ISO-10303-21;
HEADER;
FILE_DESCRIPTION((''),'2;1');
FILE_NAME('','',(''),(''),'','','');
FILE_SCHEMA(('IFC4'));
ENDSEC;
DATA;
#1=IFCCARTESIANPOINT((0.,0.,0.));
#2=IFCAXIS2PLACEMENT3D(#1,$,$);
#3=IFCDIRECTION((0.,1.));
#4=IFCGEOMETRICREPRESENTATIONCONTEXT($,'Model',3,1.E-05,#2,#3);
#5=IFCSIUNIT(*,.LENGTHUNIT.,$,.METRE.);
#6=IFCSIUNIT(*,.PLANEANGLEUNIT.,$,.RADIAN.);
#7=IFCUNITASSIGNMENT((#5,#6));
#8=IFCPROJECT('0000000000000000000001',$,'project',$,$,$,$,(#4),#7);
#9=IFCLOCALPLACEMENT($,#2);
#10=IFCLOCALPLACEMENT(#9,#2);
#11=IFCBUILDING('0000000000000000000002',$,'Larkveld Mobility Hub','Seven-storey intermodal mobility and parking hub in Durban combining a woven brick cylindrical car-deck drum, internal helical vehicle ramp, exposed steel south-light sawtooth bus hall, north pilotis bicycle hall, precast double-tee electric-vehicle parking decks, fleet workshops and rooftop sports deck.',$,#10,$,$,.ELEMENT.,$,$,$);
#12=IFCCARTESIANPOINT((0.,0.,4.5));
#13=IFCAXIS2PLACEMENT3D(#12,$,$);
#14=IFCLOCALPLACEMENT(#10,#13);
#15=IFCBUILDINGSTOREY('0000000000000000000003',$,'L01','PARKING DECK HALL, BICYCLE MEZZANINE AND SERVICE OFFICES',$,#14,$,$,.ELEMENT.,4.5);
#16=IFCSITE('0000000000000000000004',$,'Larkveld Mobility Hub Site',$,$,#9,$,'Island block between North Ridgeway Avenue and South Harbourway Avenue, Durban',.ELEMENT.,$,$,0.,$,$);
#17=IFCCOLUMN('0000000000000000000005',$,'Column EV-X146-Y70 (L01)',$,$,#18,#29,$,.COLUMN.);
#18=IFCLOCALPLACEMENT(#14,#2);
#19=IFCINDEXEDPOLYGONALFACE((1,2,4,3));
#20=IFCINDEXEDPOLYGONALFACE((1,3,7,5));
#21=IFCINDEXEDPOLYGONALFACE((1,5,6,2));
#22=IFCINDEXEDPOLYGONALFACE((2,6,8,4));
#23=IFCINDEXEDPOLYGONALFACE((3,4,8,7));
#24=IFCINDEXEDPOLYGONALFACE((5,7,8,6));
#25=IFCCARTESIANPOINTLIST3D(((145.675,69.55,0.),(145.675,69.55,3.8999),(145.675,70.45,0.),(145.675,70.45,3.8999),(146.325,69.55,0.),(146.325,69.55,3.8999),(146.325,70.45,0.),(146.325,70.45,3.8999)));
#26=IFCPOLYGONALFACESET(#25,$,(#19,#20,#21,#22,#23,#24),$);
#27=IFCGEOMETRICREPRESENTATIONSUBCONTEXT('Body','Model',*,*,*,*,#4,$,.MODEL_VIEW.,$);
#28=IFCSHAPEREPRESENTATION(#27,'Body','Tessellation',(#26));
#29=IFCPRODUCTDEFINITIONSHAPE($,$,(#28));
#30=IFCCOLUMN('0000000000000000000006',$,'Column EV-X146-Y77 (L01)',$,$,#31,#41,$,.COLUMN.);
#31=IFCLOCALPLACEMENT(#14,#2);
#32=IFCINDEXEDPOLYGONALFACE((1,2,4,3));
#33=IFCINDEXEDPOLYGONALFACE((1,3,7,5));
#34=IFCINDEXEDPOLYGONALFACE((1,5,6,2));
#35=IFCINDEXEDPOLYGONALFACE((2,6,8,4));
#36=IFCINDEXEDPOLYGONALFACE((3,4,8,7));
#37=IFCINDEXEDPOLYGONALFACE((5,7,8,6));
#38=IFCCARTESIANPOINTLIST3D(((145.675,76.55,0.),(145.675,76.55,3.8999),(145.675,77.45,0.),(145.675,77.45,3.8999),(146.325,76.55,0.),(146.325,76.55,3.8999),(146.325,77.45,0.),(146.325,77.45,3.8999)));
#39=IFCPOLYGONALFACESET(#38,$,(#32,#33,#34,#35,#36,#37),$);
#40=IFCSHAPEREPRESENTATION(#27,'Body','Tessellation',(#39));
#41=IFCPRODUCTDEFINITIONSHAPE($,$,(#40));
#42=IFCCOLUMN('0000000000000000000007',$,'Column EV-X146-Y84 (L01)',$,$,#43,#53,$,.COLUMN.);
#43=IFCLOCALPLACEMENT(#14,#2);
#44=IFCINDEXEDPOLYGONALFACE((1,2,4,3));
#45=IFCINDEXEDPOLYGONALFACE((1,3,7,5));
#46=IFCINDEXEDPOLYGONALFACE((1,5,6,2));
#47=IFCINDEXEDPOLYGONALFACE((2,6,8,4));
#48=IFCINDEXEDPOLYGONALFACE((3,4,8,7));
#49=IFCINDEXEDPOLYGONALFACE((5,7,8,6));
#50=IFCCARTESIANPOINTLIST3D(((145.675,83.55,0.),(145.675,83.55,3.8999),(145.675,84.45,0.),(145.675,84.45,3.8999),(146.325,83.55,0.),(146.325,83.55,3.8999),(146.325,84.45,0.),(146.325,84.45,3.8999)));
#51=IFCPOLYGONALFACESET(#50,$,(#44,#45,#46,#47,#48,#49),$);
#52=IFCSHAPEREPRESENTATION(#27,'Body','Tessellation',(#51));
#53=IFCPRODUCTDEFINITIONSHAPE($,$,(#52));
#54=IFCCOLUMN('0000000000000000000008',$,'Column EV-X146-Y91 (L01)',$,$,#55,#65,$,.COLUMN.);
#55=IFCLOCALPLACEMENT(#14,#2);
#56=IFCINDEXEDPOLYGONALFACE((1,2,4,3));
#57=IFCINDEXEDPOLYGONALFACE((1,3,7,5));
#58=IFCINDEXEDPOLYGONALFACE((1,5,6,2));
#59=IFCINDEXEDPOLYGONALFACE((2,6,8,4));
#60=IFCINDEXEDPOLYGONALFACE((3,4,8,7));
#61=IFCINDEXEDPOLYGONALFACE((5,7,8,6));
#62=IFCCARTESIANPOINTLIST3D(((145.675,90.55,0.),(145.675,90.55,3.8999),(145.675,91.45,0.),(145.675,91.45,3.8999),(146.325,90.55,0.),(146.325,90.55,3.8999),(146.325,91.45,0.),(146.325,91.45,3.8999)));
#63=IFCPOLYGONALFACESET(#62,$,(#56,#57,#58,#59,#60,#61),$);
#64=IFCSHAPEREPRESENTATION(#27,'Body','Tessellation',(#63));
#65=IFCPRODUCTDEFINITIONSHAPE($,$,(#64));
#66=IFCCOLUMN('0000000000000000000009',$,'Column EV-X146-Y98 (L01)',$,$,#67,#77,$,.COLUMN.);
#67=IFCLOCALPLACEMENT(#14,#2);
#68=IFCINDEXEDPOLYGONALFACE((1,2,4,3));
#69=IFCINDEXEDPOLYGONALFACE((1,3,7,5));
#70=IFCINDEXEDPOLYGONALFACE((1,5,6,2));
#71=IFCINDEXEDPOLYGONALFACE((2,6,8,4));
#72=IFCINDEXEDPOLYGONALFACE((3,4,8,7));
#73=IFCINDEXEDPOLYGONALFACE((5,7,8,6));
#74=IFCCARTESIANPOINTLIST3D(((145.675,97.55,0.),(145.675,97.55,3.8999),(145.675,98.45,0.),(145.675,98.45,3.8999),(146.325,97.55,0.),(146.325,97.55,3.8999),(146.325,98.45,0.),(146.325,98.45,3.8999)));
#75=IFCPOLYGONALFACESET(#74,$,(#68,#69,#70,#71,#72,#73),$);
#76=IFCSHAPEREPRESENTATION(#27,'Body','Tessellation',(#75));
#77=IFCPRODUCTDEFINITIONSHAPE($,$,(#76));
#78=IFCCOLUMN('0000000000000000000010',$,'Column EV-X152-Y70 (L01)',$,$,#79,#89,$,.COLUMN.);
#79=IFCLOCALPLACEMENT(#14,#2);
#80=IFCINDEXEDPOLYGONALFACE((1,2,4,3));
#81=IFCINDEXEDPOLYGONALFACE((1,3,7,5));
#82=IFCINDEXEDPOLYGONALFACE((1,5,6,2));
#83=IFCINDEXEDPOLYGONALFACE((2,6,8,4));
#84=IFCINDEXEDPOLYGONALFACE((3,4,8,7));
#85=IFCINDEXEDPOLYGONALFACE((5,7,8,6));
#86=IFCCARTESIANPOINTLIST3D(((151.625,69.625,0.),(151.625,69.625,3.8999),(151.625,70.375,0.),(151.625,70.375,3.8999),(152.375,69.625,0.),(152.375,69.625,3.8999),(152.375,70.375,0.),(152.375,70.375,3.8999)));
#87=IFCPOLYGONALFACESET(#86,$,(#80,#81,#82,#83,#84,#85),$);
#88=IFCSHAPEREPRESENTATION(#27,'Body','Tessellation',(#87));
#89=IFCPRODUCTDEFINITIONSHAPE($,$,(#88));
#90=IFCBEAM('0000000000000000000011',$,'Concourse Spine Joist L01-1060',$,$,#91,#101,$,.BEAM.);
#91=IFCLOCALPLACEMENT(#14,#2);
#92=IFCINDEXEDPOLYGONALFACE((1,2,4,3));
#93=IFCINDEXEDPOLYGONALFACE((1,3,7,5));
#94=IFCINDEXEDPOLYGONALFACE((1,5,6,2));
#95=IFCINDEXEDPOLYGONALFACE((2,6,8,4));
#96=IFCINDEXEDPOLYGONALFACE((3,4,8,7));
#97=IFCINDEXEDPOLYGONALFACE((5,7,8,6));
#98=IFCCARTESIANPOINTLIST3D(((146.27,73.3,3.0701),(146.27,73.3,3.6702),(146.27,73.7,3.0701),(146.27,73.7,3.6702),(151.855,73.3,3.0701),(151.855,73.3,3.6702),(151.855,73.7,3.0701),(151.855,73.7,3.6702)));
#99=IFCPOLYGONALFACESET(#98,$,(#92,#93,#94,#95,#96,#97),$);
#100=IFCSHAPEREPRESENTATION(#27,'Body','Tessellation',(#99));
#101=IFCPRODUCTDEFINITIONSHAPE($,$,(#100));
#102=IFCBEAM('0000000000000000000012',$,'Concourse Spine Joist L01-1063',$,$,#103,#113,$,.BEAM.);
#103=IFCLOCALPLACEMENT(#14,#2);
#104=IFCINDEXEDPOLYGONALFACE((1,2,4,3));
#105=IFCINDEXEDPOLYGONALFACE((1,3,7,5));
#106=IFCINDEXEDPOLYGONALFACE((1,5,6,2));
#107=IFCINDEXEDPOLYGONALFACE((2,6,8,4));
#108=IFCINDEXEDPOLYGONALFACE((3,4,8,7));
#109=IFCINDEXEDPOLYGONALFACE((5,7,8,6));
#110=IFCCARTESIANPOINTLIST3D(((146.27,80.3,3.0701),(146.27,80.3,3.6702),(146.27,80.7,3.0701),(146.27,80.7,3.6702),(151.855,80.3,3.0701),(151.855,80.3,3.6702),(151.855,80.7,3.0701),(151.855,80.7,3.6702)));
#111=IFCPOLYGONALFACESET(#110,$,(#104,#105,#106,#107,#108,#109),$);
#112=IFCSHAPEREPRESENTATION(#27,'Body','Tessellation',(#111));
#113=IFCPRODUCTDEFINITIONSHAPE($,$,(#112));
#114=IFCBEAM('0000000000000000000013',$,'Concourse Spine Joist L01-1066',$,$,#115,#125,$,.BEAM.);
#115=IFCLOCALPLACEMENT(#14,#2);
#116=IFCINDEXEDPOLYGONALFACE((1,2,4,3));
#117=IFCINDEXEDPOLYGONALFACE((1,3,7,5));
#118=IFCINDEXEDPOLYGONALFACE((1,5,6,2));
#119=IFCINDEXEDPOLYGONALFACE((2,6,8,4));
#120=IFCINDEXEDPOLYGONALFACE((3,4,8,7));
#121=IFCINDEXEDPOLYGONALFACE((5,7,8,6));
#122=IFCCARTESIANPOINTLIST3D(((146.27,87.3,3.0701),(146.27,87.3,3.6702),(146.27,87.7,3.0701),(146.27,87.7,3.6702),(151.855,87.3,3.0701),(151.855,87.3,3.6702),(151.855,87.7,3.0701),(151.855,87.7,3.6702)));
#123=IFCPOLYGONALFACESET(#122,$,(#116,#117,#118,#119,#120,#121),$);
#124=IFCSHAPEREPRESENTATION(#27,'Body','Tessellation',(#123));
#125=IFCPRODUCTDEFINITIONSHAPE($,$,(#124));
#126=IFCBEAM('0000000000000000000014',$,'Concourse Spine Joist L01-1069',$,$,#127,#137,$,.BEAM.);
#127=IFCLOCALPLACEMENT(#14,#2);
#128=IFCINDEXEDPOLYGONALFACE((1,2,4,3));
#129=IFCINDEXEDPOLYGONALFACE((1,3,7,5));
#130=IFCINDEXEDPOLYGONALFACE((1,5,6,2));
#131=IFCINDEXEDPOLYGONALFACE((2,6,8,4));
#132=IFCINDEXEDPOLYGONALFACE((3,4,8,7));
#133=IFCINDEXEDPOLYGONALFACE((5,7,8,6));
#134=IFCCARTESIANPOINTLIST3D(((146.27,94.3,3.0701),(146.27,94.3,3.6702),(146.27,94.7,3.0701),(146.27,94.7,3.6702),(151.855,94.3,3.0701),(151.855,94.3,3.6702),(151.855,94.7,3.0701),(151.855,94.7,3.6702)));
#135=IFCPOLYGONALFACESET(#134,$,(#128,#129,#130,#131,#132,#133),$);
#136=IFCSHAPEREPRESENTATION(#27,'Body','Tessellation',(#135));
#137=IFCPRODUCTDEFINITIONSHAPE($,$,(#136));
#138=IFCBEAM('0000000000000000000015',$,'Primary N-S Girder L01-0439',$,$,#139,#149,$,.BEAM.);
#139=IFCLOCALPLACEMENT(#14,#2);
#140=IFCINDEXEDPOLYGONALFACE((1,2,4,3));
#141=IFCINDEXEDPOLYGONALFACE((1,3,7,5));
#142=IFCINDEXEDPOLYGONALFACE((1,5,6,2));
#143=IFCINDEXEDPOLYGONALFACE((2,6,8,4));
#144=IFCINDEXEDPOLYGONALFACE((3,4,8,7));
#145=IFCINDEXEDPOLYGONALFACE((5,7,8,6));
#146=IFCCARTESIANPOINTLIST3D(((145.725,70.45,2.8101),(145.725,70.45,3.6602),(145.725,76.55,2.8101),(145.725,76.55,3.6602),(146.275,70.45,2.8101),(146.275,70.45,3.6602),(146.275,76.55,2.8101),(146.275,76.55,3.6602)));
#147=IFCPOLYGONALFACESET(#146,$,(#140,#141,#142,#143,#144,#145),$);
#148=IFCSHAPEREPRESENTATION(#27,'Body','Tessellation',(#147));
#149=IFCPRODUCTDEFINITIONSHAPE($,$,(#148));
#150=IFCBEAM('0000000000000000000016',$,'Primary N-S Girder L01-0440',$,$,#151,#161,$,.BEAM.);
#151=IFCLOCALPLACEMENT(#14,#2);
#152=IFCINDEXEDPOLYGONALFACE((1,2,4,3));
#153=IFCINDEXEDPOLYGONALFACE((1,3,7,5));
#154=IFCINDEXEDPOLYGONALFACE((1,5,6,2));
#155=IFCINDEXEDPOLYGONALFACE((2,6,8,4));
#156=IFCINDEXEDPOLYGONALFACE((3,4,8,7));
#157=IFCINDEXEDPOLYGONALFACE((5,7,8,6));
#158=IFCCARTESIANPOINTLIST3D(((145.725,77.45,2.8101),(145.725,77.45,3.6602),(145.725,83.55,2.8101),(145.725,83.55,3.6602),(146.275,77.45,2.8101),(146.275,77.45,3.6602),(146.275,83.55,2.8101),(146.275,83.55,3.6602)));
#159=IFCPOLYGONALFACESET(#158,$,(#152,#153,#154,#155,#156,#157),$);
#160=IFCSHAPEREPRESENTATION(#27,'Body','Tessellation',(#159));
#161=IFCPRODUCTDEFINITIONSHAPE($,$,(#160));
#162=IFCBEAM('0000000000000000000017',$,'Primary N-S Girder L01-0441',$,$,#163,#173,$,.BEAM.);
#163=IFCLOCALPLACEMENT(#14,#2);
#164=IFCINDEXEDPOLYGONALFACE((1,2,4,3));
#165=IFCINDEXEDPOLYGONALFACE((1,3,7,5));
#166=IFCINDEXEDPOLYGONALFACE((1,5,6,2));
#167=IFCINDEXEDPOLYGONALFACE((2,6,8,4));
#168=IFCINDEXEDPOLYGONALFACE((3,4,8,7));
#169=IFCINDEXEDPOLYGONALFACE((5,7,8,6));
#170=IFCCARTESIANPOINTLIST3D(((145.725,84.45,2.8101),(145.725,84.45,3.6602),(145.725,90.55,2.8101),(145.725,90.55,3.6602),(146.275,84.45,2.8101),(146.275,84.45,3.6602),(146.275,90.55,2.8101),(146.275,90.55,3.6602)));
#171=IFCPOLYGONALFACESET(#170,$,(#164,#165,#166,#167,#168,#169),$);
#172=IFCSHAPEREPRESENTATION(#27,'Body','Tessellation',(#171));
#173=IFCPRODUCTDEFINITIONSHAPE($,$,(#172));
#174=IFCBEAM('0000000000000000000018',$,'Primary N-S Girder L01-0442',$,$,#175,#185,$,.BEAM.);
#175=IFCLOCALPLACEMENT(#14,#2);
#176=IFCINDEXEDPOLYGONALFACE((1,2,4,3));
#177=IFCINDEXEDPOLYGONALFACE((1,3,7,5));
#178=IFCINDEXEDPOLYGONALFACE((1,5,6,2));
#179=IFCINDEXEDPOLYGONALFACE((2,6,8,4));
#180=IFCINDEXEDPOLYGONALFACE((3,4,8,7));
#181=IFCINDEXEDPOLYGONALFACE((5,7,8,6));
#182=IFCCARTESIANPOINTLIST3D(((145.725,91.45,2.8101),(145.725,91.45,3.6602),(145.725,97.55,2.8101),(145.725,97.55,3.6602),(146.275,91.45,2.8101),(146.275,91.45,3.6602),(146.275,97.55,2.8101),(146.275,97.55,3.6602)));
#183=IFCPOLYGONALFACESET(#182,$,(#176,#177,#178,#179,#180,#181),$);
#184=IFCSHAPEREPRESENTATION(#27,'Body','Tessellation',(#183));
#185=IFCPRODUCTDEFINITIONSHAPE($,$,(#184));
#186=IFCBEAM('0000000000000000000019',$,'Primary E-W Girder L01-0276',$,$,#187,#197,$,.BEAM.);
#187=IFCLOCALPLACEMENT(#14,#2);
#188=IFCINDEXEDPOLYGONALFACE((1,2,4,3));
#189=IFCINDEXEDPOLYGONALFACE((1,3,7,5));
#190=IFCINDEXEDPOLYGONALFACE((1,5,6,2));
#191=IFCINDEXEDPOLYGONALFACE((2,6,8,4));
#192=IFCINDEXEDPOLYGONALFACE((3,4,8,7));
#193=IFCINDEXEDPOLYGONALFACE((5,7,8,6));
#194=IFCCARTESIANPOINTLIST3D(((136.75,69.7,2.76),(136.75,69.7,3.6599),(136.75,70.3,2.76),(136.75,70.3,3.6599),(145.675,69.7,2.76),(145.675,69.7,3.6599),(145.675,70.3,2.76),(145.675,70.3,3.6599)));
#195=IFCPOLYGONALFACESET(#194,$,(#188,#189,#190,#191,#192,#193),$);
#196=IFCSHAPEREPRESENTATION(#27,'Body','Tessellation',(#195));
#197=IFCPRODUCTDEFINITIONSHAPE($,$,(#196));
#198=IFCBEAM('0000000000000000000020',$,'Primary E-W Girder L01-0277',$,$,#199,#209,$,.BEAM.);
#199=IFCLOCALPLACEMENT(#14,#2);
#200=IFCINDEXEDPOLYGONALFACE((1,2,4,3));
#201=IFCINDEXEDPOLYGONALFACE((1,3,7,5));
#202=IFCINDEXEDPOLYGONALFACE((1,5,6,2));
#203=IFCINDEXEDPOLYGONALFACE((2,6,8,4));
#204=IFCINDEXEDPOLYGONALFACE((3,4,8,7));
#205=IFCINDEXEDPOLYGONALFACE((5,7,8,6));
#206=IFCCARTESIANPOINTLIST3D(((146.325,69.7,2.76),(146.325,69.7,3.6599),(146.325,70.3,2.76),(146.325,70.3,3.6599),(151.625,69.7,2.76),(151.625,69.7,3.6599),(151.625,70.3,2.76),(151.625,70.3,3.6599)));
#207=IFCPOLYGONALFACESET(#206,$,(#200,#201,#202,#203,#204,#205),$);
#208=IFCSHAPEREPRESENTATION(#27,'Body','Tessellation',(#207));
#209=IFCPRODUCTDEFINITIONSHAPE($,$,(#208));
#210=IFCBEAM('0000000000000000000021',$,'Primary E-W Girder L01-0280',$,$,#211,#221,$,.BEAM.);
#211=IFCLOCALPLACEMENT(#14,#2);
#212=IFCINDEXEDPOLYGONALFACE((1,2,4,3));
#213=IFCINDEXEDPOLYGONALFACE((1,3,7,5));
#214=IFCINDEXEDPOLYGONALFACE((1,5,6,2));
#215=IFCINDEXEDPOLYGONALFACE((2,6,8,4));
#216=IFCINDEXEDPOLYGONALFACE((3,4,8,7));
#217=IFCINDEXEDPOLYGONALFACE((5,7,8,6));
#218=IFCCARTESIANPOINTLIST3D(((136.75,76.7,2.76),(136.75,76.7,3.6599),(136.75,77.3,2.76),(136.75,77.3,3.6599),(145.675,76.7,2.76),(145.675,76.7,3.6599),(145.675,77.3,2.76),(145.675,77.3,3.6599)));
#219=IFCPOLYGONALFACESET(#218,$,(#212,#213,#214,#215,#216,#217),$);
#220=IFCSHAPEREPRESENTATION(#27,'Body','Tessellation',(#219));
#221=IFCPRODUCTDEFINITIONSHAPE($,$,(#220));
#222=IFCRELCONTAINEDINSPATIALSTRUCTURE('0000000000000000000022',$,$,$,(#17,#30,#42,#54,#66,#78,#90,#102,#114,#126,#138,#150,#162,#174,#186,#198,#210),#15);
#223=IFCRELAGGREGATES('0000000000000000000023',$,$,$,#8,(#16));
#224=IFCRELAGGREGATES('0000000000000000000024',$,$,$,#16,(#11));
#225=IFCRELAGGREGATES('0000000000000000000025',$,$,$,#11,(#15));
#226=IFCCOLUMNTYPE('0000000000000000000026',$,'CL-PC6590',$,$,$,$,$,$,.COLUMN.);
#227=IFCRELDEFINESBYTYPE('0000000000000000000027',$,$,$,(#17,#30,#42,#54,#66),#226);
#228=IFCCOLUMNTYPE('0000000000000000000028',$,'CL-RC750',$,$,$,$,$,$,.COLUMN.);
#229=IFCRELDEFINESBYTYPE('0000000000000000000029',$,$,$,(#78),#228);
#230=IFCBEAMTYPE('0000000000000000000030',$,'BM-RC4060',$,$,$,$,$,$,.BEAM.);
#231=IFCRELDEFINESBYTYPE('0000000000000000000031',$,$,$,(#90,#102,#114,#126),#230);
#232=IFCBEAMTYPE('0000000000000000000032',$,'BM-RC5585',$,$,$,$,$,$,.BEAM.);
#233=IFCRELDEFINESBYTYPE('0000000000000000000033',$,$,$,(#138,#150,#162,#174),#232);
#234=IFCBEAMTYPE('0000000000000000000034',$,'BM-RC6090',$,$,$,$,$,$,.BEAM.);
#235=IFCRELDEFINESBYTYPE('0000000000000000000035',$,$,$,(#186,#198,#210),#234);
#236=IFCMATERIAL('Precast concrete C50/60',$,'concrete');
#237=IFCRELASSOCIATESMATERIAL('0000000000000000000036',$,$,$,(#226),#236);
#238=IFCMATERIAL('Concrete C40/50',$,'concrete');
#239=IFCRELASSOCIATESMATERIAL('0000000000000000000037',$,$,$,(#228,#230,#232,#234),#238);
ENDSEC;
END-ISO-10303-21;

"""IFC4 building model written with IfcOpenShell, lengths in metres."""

from ifc_helpers import new_model, si_unit, direction, frame, origin, origin_2d, place, context, subcontext, project, spatial, rectangle, extrude, material, material_profile, profile_set, type_object, element, save


model = new_model("IFC4")

# Units and contexts
model_context = context("Model", 3, precision=1e-05, world=origin(), true_north=direction((0.0, 1.0)))
body_context = subcontext(model_context, "Body", "Model", "MODEL_VIEW")
ifc_project = project(units=[si_unit("LENGTHUNIT", "METRE"), si_unit("PLANEANGLEUNIT", "RADIAN")], contexts=[model_context])

# Site, building, storey
site_placement = place(None, origin())
site = spatial("IfcSite", under=ifc_project, at=site_placement, Name="Larkveld Mobility Hub Site", LongName="Island block between North Ridgeway Avenue and South Harbourway Avenue, Durban", CompositionType="ELEMENT", RefElevation=0.0)
building_placement = place(site_placement, origin())
building = spatial("IfcBuilding", under=site, at=building_placement, Name="Larkveld Mobility Hub", Description="Seven-storey intermodal mobility and parking hub in Durban combining a woven brick cylindrical car-deck drum, internal helical vehicle ramp, exposed steel south-light sawtooth bus hall, north pilotis bicycle hall, precast double-tee electric-vehicle parking decks, fleet workshops and rooftop sports deck.", CompositionType="ELEMENT")
storey_placement = place(building_placement, frame((0.0, 0.0, 4.5)))
storey = spatial("IfcBuildingStorey", under=building, at=storey_placement, Name="L01", Description="PARKING DECK HALL, BICYCLE MEZZANINE AND SERVICE OFFICES", CompositionType="ELEMENT", Elevation=4.5)

# Columns
ifc_material_1 = material(Name="Precast concrete C50/60", Category="concrete")
ifc_material_profile_1 = material_profile(ifc_material_1, rectangle(XDim=0.6499, YDim=0.8999, at=origin_2d()), Name="RC COL 650x900")
ifc_profile_set_1 = profile_set([ifc_material_profile_1], Name="Precast concrete C50/60")
column_type_1 = type_object("IfcColumnType", Name="CL-PC6590", PredefinedType="COLUMN", material=ifc_profile_set_1)
for number, where, z_axis, x_axis, name in (
    (1, (146.0, 70.0, 0.0), (0.0, 0.0, 1.0), (1.0, 0.0, 0.0), "Column EV-X146-Y70 (L01)"),
    (2, (146.0, 77.0, 0.0), (0.0, 0.0, 1.0), (1.0, 0.0, 0.0), "Column EV-X146-Y77 (L01)"),
    (3, (146.0, 84.0, 0.0), (0.0, 0.0, 1.0), (1.0, 0.0, 0.0), "Column EV-X146-Y84 (L01)"),
    (4, (146.0, 91.0, 0.0), (0.0, 0.0, 1.0), (1.0, 0.0, 0.0), "Column EV-X146-Y91 (L01)"),
    (5, (146.0, 98.0, 0.0), (0.0, 0.0, 1.0), (1.0, 0.0, 0.0), "Column EV-X146-Y98 (L01)"),
):
    element("IfcColumn", number, at=place(storey_placement, frame(where, z_axis=z_axis, x_axis=x_axis)), inside=storey, type_object=column_type_1, Name=name, PredefinedType="COLUMN", context=body_context, shape_type="SweptSolid", body=[
        extrude(rectangle(XDim=0.6499, YDim=0.8999, at=origin_2d()), origin(), (0.0, 0.0, 1.0), 3.8999),
    ])
ifc_material_2 = material(Name="Concrete C40/50", Category="concrete")
ifc_material_profile_2 = material_profile(ifc_material_2, rectangle(XDim=0.75, YDim=0.75, at=origin_2d()), Name="RC COL 750x750")
ifc_profile_set_2 = profile_set([ifc_material_profile_2], Name="Concrete C40/50")
column_type_2 = type_object("IfcColumnType", Name="CL-RC750", PredefinedType="COLUMN", material=ifc_profile_set_2)
column_placement = place(storey_placement, frame((152.0, 70.0, 0.0), z_axis=(0.0, 0.0, 1.0), x_axis=(1.0, 0.0, 0.0)))
element("IfcColumn", 6, at=column_placement, inside=storey, type_object=column_type_2, Name="Column EV-X152-Y70 (L01)", PredefinedType="COLUMN", context=body_context, shape_type="SweptSolid", body=[
    extrude(rectangle(XDim=0.75, YDim=0.75, at=origin_2d()), origin(), (0.0, 0.0, 1.0), 3.8999),
])

# Beams
ifc_material_profile_3 = material_profile(ifc_material_2, rectangle(XDim=0.3999, YDim=0.6001, at=origin_2d()), Name="RC BM 400x600")
ifc_profile_set_3 = profile_set([ifc_material_profile_3], Name="Concrete C40/50")
beam_type_1 = type_object("IfcBeamType", Name="BM-RC4060", PredefinedType="BEAM", material=ifc_profile_set_3)
for number, where, z_axis, x_axis, name in (
    (7, (146.27, 73.5, 3.3701), (1.0, 0.0, 0.0), (0.0, 1.0, 0.0), "Concourse Spine Joist L01-1060"),
    (8, (146.27, 80.5, 3.3701), (1.0, 0.0, 0.0), (0.0, 1.0, 0.0), "Concourse Spine Joist L01-1063"),
    (9, (146.27, 87.5, 3.3701), (1.0, 0.0, 0.0), (0.0, 1.0, 0.0), "Concourse Spine Joist L01-1066"),
    (10, (146.27, 94.5, 3.3701), (1.0, 0.0, 0.0), (0.0, 1.0, 0.0), "Concourse Spine Joist L01-1069"),
):
    element("IfcBeam", number, at=place(storey_placement, frame(where, z_axis=z_axis, x_axis=x_axis)), inside=storey, type_object=beam_type_1, Name=name, PredefinedType="BEAM", context=body_context, shape_type="SweptSolid", body=[
        extrude(rectangle(XDim=0.3999, YDim=0.6001, at=origin_2d()), origin(), (0.0, 0.0, 1.0), 5.585),
    ])
ifc_material_profile_4 = material_profile(ifc_material_2, rectangle(XDim=0.55, YDim=0.8501, at=origin_2d()), Name="RC BM 550x850")
ifc_profile_set_4 = profile_set([ifc_material_profile_4], Name="Concrete C40/50")
beam_type_2 = type_object("IfcBeamType", Name="BM-RC5585", PredefinedType="BEAM", material=ifc_profile_set_4)
for number, where, z_axis, x_axis, name in (
    (11, (146.0, 70.45, 3.2351), (0.0, 1.0, 0.0), (-1.0, 0.0, 0.0), "Primary N-S Girder L01-0439"),
    (12, (146.0, 77.45, 3.2351), (0.0, 1.0, 0.0), (-1.0, 0.0, 0.0), "Primary N-S Girder L01-0440"),
    (13, (146.0, 84.45, 3.2351), (0.0, 1.0, 0.0), (-1.0, 0.0, 0.0), "Primary N-S Girder L01-0441"),
    (14, (146.0, 91.45, 3.2351), (0.0, 1.0, 0.0), (-1.0, 0.0, 0.0), "Primary N-S Girder L01-0442"),
):
    element("IfcBeam", number, at=place(storey_placement, frame(where, z_axis=z_axis, x_axis=x_axis)), inside=storey, type_object=beam_type_2, Name=name, PredefinedType="BEAM", context=body_context, shape_type="SweptSolid", body=[
        extrude(rectangle(XDim=0.55, YDim=0.8501, at=origin_2d()), origin(), (0.0, 0.0, 1.0), 6.1001),
    ])
ifc_material_profile_5 = material_profile(ifc_material_2, rectangle(XDim=0.6001, YDim=0.8999, at=origin_2d()), Name="RC BM 600x900")
ifc_profile_set_5 = profile_set([ifc_material_profile_5], Name="Concrete C40/50")
beam_type_3 = type_object("IfcBeamType", Name="BM-RC6090", PredefinedType="BEAM", material=ifc_profile_set_5)
beam_1_placement = place(storey_placement, frame((136.75, 70.0, 3.21), z_axis=(1.0, 0.0, 0.0), x_axis=(0.0, 1.0, 0.0)))
element("IfcBeam", 15, at=beam_1_placement, inside=storey, type_object=beam_type_3, Name="Primary E-W Girder L01-0276", PredefinedType="BEAM", context=body_context, shape_type="SweptSolid", body=[
    extrude(rectangle(XDim=0.6001, YDim=0.8999, at=origin_2d()), origin(), (0.0, 0.0, 1.0), 8.925),
])
beam_2_placement = place(storey_placement, frame((146.325, 70.0, 3.21), z_axis=(1.0, 0.0, 0.0), x_axis=(0.0, 1.0, 0.0)))
element("IfcBeam", 16, at=beam_2_placement, inside=storey, type_object=beam_type_3, Name="Primary E-W Girder L01-0277", PredefinedType="BEAM", context=body_context, shape_type="SweptSolid", body=[
    extrude(rectangle(XDim=0.6001, YDim=0.8999, at=origin_2d()), origin(), (0.0, 0.0, 1.0), 5.3),
])
beam_3_placement = place(storey_placement, frame((136.75, 77.0, 3.21), z_axis=(1.0, 0.0, 0.0), x_axis=(0.0, 1.0, 0.0)))
element("IfcBeam", 17, at=beam_3_placement, inside=storey, type_object=beam_type_3, Name="Primary E-W Girder L01-0280", PredefinedType="BEAM", context=body_context, shape_type="SweptSolid", body=[
    extrude(rectangle(XDim=0.6001, YDim=0.8999, at=origin_2d()), origin(), (0.0, 0.0, 1.0), 8.925),
])

save(model, "model.ifc")
